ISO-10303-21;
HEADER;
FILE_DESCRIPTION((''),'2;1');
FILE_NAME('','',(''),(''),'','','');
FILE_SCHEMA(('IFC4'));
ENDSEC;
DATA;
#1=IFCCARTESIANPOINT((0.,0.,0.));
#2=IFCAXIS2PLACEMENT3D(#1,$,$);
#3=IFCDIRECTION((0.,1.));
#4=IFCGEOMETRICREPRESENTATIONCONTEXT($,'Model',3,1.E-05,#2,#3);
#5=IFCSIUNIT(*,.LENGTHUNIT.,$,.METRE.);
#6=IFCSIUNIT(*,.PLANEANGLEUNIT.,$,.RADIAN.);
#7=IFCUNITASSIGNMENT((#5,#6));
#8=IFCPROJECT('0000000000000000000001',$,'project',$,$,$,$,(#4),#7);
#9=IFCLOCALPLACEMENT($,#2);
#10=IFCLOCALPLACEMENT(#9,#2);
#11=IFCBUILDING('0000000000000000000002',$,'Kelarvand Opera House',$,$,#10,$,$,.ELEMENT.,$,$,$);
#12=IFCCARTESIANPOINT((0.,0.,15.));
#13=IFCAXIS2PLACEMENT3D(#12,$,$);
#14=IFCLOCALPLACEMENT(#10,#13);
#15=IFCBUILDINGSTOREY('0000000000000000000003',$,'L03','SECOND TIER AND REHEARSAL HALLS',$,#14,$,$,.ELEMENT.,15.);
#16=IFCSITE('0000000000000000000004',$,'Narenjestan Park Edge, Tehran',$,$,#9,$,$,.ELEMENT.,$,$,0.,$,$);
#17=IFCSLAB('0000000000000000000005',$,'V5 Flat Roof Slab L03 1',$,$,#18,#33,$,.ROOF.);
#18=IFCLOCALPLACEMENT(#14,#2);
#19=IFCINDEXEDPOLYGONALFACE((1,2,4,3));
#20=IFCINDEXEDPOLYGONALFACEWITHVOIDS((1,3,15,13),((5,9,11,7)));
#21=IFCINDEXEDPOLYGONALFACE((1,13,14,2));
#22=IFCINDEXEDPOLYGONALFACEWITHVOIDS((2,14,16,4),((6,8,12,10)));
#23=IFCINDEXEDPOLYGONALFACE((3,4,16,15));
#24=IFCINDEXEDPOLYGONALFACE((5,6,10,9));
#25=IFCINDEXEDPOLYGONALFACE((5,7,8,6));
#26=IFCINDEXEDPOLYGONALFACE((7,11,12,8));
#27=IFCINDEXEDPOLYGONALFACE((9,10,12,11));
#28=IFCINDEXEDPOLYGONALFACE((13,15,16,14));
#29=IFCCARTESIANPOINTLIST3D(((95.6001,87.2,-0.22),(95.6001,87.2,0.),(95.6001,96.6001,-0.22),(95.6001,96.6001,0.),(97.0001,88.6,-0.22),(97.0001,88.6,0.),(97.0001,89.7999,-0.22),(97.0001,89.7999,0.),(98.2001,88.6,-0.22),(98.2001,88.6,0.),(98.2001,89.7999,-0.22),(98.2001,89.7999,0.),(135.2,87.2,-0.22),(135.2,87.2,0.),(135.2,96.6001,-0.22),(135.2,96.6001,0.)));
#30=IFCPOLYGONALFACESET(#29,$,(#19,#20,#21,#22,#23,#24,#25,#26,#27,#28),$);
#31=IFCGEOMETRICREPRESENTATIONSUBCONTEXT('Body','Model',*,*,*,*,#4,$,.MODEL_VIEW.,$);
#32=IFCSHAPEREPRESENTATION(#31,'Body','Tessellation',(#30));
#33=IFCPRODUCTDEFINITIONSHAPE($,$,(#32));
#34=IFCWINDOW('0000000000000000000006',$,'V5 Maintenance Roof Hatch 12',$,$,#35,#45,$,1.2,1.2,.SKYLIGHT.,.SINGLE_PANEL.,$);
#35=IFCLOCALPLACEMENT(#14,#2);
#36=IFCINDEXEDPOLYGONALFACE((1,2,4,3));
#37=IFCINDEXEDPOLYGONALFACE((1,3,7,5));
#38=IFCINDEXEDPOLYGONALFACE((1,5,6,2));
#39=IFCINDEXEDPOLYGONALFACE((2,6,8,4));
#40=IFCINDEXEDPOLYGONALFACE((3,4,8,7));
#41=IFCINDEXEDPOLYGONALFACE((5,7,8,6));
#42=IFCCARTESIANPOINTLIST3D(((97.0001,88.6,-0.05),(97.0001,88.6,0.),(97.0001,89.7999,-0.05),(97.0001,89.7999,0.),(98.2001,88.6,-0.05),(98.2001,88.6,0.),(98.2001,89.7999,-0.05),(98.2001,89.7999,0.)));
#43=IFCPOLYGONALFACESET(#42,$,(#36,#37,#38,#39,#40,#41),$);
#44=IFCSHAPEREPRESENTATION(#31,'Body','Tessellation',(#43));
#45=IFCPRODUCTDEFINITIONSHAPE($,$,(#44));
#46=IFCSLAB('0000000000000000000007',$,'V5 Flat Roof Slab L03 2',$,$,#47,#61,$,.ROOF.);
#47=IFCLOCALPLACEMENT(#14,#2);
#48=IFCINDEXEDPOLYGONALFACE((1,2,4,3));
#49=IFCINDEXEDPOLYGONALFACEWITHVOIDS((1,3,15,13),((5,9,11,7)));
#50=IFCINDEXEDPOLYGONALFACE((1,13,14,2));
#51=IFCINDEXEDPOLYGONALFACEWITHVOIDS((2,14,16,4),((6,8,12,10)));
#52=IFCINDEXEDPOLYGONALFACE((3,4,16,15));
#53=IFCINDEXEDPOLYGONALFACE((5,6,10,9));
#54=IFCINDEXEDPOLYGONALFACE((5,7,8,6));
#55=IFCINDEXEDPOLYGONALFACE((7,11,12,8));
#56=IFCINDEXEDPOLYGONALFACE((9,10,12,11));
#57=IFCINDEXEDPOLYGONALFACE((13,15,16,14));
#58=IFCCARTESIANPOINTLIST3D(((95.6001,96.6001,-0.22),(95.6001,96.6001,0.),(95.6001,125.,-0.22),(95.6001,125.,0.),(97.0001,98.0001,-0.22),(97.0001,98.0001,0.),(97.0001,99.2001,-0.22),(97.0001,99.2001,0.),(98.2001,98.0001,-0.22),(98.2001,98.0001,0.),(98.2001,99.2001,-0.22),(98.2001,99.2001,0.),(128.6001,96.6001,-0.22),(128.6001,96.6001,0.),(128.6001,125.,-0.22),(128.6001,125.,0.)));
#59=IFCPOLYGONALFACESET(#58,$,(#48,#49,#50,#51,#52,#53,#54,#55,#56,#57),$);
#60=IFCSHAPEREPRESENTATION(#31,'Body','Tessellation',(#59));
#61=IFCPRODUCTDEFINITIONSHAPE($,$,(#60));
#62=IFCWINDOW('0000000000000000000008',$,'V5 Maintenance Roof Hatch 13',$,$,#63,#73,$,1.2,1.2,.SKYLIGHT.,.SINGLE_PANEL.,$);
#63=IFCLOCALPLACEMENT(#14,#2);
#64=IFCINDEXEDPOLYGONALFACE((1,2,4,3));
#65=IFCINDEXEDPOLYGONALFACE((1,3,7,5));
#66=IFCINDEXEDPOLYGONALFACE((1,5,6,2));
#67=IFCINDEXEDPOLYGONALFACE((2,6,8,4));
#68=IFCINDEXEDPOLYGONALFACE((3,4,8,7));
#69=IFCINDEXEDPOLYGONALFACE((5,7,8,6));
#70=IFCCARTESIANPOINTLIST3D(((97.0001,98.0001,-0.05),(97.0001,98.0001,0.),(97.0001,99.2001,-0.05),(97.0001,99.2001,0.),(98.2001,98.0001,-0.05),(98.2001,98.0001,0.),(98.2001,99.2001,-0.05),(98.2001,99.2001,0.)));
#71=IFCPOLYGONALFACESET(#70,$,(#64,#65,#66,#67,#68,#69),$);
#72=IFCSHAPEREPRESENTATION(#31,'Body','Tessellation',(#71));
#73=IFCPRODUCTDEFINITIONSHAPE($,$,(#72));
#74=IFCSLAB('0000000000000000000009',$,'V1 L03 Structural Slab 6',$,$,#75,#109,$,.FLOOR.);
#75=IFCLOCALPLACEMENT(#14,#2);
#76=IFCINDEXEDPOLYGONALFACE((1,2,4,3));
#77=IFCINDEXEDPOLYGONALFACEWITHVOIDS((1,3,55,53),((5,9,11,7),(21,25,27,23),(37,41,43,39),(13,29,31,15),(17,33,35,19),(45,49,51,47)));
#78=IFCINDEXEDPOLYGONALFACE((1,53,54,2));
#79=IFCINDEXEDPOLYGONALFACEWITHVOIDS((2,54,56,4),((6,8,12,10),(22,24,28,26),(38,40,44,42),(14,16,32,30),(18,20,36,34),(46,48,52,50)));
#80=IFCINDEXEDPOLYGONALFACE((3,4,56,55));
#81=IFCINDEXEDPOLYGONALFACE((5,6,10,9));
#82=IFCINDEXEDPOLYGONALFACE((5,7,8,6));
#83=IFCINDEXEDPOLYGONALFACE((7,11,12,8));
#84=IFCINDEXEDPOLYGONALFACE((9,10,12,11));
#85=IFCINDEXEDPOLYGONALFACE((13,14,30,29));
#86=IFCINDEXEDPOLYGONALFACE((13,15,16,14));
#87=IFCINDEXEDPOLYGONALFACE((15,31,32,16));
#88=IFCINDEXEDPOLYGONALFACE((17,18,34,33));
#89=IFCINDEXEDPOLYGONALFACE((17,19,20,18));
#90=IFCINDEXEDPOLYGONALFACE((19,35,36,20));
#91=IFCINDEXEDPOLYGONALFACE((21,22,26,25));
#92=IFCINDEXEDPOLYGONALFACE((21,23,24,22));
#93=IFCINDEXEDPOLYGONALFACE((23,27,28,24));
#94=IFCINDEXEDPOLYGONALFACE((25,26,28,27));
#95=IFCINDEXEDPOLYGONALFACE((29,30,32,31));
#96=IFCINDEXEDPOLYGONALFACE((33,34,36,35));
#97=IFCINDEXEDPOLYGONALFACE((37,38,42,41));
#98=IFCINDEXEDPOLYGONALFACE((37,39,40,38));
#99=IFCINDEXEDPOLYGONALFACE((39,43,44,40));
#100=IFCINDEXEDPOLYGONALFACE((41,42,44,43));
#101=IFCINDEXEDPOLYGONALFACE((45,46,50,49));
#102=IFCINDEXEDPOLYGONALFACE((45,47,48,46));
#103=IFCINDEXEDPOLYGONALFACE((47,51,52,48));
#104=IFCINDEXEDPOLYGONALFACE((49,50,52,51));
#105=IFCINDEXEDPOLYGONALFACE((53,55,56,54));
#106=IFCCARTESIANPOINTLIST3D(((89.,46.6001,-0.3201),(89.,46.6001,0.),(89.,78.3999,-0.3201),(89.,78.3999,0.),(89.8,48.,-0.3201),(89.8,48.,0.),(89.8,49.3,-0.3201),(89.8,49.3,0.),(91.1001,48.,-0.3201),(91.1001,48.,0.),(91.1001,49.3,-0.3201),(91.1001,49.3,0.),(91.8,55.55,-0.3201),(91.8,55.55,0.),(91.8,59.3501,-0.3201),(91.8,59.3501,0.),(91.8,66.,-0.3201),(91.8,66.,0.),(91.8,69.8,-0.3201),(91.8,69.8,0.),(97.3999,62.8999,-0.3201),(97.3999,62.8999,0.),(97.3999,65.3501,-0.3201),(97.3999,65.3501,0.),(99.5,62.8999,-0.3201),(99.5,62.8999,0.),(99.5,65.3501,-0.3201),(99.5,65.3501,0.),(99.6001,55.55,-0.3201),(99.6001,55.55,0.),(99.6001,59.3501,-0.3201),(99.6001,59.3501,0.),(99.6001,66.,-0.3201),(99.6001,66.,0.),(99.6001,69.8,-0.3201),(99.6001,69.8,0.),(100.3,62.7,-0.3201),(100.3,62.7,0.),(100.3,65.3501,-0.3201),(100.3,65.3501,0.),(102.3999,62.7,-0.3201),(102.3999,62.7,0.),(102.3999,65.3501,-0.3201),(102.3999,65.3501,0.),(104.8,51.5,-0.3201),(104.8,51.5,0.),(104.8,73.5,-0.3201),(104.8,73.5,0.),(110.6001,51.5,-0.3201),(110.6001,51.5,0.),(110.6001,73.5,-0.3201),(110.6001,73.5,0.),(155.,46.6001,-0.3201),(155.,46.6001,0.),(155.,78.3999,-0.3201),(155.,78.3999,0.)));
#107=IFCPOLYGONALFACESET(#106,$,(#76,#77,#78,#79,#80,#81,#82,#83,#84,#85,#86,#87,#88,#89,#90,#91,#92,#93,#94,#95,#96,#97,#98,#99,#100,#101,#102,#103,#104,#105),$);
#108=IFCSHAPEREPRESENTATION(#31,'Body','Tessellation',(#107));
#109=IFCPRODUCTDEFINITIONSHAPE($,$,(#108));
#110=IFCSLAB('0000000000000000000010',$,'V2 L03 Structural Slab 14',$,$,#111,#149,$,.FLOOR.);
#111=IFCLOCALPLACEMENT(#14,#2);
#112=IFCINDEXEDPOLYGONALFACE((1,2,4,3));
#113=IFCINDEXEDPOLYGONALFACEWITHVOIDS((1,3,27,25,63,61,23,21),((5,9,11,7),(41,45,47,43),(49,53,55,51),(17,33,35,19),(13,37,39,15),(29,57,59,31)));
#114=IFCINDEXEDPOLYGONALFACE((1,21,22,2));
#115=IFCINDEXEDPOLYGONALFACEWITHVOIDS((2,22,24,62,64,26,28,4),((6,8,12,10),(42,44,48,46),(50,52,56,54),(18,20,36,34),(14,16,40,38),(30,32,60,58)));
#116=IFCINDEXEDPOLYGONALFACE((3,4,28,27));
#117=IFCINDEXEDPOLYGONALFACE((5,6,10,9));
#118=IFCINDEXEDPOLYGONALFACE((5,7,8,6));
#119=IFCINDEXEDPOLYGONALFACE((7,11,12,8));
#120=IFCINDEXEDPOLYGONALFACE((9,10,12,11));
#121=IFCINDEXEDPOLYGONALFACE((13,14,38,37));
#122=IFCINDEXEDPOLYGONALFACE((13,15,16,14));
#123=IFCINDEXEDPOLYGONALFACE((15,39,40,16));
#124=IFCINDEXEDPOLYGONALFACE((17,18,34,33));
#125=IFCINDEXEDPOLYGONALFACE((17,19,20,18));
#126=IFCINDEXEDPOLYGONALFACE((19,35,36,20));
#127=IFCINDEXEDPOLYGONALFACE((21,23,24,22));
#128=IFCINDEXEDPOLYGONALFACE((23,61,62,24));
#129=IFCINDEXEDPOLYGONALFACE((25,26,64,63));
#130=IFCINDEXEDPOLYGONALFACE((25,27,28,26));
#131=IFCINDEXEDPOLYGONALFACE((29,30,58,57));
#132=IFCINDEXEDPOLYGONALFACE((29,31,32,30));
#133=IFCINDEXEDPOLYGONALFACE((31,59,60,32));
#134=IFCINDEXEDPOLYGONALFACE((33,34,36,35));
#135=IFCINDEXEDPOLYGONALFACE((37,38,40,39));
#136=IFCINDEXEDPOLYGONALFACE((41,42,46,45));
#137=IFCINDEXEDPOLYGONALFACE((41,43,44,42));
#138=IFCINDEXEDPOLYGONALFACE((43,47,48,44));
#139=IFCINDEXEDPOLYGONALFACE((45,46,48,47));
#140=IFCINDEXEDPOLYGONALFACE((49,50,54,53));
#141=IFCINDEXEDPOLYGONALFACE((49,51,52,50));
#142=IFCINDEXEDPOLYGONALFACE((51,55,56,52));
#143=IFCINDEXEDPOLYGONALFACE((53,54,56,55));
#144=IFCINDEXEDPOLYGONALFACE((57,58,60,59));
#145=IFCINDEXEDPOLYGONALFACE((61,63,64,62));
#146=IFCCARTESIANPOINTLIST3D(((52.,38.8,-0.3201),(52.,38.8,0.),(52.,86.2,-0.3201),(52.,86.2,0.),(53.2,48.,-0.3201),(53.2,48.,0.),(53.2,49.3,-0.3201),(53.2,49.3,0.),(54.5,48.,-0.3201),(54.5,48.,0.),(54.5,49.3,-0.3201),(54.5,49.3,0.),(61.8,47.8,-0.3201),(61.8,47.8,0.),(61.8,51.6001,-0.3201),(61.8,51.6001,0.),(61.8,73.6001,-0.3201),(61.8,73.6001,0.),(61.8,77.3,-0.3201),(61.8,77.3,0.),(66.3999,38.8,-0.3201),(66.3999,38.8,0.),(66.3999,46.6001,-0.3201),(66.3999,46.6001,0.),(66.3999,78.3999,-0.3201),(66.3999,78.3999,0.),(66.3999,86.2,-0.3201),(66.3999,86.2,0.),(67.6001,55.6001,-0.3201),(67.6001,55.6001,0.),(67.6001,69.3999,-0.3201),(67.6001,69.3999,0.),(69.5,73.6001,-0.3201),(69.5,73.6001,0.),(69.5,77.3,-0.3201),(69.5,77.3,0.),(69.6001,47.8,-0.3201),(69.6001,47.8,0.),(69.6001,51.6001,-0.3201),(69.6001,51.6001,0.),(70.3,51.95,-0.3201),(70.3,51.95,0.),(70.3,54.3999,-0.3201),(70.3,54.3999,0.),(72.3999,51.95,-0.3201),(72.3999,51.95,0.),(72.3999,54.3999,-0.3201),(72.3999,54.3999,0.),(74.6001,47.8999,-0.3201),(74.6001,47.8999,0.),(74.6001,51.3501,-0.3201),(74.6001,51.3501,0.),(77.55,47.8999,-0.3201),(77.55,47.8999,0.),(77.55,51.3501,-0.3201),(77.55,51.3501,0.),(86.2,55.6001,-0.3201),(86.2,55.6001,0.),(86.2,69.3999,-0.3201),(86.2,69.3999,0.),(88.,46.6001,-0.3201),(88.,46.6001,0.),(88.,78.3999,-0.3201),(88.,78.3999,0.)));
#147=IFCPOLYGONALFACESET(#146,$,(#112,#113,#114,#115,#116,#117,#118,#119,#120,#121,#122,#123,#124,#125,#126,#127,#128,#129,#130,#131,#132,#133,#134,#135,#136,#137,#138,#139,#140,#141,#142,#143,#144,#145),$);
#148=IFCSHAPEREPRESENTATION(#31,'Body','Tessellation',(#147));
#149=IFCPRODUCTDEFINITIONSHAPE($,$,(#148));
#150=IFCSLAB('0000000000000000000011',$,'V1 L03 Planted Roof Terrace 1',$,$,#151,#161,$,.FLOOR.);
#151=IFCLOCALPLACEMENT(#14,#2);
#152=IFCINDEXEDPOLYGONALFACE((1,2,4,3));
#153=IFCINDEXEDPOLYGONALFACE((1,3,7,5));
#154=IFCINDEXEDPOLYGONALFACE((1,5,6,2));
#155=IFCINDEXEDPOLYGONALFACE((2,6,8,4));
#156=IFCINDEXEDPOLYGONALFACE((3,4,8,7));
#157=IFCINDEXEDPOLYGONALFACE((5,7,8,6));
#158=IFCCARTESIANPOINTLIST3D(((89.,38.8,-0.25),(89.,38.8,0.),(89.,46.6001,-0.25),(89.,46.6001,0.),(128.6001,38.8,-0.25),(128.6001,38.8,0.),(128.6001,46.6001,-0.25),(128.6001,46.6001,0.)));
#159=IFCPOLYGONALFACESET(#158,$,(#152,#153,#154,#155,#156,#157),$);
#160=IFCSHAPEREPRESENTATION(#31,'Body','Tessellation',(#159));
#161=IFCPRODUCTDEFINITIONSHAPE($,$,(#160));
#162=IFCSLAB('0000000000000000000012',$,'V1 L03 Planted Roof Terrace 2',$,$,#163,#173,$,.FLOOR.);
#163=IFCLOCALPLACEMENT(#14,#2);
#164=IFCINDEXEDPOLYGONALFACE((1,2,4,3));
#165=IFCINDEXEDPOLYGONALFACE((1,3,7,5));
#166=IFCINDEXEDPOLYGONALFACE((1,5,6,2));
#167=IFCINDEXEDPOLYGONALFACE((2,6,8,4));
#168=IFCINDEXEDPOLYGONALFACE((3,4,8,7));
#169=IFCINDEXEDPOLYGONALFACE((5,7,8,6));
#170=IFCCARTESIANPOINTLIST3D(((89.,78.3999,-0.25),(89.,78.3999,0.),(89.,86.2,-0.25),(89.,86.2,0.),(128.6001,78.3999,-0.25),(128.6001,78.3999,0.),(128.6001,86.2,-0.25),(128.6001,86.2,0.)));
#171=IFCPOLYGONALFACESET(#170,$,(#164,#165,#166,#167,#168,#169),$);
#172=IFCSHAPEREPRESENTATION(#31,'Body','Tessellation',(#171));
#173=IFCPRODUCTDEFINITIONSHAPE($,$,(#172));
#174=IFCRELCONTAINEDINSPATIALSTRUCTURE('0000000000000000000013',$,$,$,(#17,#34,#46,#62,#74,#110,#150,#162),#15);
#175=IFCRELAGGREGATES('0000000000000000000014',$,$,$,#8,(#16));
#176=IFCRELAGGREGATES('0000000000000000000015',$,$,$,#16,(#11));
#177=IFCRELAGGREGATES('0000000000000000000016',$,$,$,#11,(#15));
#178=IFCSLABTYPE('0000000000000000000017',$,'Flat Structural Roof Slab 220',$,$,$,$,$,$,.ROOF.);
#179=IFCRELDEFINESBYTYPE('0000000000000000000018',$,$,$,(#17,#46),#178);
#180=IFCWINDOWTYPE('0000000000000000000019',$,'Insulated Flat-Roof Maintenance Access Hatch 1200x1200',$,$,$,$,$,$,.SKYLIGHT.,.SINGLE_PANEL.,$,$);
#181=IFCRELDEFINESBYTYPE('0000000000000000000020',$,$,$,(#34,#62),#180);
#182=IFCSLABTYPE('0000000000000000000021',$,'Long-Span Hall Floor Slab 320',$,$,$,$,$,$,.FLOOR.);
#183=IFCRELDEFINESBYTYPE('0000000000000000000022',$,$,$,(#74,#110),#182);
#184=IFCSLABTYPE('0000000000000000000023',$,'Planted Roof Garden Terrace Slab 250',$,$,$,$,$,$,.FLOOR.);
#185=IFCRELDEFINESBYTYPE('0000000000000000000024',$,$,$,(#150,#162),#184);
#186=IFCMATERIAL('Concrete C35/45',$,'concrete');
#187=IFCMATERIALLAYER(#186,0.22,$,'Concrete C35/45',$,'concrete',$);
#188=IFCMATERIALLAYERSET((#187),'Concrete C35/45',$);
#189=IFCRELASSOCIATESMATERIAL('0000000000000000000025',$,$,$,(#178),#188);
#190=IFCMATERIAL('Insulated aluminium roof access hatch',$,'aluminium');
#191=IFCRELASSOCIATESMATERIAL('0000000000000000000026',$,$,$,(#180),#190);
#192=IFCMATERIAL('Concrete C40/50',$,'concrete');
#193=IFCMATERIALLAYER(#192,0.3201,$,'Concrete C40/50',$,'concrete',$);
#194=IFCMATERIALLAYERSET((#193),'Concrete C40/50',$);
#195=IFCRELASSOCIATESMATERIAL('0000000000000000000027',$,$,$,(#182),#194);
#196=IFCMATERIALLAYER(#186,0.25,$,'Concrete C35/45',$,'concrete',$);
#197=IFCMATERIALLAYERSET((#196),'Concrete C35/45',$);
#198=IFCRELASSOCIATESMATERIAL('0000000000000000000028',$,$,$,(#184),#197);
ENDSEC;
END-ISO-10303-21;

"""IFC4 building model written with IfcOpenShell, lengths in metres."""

from ifc_helpers import new_model, si_unit, direction, frame, origin, origin_2d, place, context, subcontext, project, spatial, polyline, rectangle, outline, extrude, material, layer, layer_set, type_object, element, fill, save


model = new_model("IFC4")

# Units and contexts
model_context = context("Model", 3, precision=1e-05, world=origin(), true_north=direction((0.0, 1.0)))
body_context = subcontext(model_context, "Body", "Model", "MODEL_VIEW")
ifc_project = project(units=[si_unit("LENGTHUNIT", "METRE"), si_unit("PLANEANGLEUNIT", "RADIAN")], contexts=[model_context])

# Site, building, storey
site_placement = place(None, origin())
site = spatial("IfcSite", under=ifc_project, at=site_placement, Name="Narenjestan Park Edge, Tehran", CompositionType="ELEMENT", RefElevation=0.0)
building_placement = place(site_placement, origin())
building = spatial("IfcBuilding", under=site, at=building_placement, Name="Kelarvand Opera House", CompositionType="ELEMENT")
storey_placement = place(building_placement, frame((0.0, 0.0, 15.0)))
storey = spatial("IfcBuildingStorey", under=building, at=storey_placement, Name="L03", Description="SECOND TIER AND REHEARSAL HALLS", CompositionType="ELEMENT", Elevation=15.0)

# Shared definitions
ifc_material_1 = material(Name="Concrete C35/45", Category="concrete")

# Shared definitions
ifc_layer_1 = layer(ifc_material_1, 0.22, Name="Concrete C35/45", Category="concrete")
ifc_layer_set_1 = layer_set([ifc_layer_1], Name="Concrete C35/45")
slab_type_1 = type_object("IfcSlabType", Name="Flat Structural Roof Slab 220", PredefinedType="ROOF", material=ifc_layer_set_1)
ifc_material_2 = material(Name="Insulated aluminium roof access hatch", Category="aluminium")
window_type_1 = type_object("IfcWindowType", Name="Insulated Flat-Roof Maintenance Access Hatch 1200x1200", PartitioningType="SINGLE_PANEL", PredefinedType="SKYLIGHT", material=ifc_material_2)

# Slabs, openings, windows
slab_1_placement = place(storey_placement, frame((0.0, 0.0, -0.22)))
slab_1 = element("IfcSlab", 1, at=slab_1_placement, inside=storey, type_object=slab_type_1, Name="V5 Flat Roof Slab L03 1", PredefinedType="ROOF", context=body_context, shape_type="SweptSolid", body=[
    extrude(outline(polyline([(95.6001, 87.2), (135.2, 87.2), (135.2, 96.6001), (95.6001, 96.6001), (95.6001, 87.2)])), origin(), (0.0, 0.0, 1.0), 0.22),
])
opening_1_placement = place(slab_1_placement, frame((97.6001, 89.2, 0.0)))
opening_1 = element("IfcOpeningElement", 2, at=opening_1_placement, cuts=slab_1, PredefinedType="OPENING", context=body_context, shape_type="SweptSolid", body=[
    extrude(rectangle(XDim=1.2, YDim=1.2, at=origin_2d()), frame((0.0, 0.0, -0.01)), (0.0, 0.0, 1.0), 0.24),
])
window_1_placement = place(opening_1_placement, frame((0.0, 0.0, 0.1699)))
window_1 = element("IfcWindow", 3, at=window_1_placement, inside=storey, type_object=window_type_1, Name="V5 Maintenance Roof Hatch 12", OverallHeight=1.2, OverallWidth=1.2, PartitioningType="SINGLE_PANEL", PredefinedType="SKYLIGHT", context=body_context, shape_type="SweptSolid", body=[
    extrude(rectangle(XDim=1.2, YDim=1.2, at=origin_2d()), origin(), (0.0, 0.0, 1.0), 0.05),
])
fill(opening_1, window_1)
slab_2_placement = place(storey_placement, frame((0.0, 0.0, -0.22)))
slab_2 = element("IfcSlab", 4, at=slab_2_placement, inside=storey, type_object=slab_type_1, Name="V5 Flat Roof Slab L03 2", PredefinedType="ROOF", context=body_context, shape_type="SweptSolid", body=[
    extrude(outline(polyline([(95.6001, 96.6001), (128.6001, 96.6001), (128.6001, 125.0), (95.6001, 125.0), (95.6001, 96.6001)])), origin(), (0.0, 0.0, 1.0), 0.22),
])
opening_2_placement = place(slab_2_placement, frame((97.6001, 98.6001, 0.0)))
opening_2 = element("IfcOpeningElement", 5, at=opening_2_placement, cuts=slab_2, PredefinedType="OPENING", context=body_context, shape_type="SweptSolid", body=[
    extrude(rectangle(XDim=1.2, YDim=1.2, at=origin_2d()), frame((0.0, 0.0, -0.01)), (0.0, 0.0, 1.0), 0.24),
])
window_2_placement = place(opening_2_placement, frame((0.0, 0.0, 0.1699)))
window_2 = element("IfcWindow", 6, at=window_2_placement, inside=storey, type_object=window_type_1, Name="V5 Maintenance Roof Hatch 13", OverallHeight=1.2, OverallWidth=1.2, PartitioningType="SINGLE_PANEL", PredefinedType="SKYLIGHT", context=body_context, shape_type="SweptSolid", body=[
    extrude(rectangle(XDim=1.2, YDim=1.2, at=origin_2d()), origin(), (0.0, 0.0, 1.0), 0.05),
])
fill(opening_2, window_2)

# Slabs
ifc_material_3 = material(Name="Concrete C40/50", Category="concrete")
ifc_layer_2 = layer(ifc_material_3, 0.3201, Name="Concrete C40/50", Category="concrete")
ifc_layer_set_2 = layer_set([ifc_layer_2], Name="Concrete C40/50")
slab_type_2 = type_object("IfcSlabType", Name="Long-Span Hall Floor Slab 320", PredefinedType="FLOOR", material=ifc_layer_set_2)
slab_3_placement = place(storey_placement, frame((0.0, 0.0, -0.3201)))
element("IfcSlab", 7, at=slab_3_placement, inside=storey, type_object=slab_type_2, Name="V1 L03 Structural Slab 6", PredefinedType="FLOOR", context=body_context, shape_type="SweptSolid", body=[
    extrude(outline(polyline([(155.0, 46.6001), (155.0, 78.3999), (89.0, 78.3999), (89.0, 46.6001), (155.0, 46.6001)]), holes=[polyline([(89.8, 49.3), (91.1001, 49.3), (91.1001, 48.0), (89.8, 48.0), (89.8, 49.3)]), polyline([(99.6001, 59.3501), (99.6001, 55.55), (91.8, 55.55), (91.8, 59.3501), (99.6001, 59.3501)]), polyline([(110.6001, 73.5), (110.6001, 51.5), (104.8, 51.5), (104.8, 73.5), (110.6001, 73.5)]), polyline([(100.3, 65.3501), (102.3999, 65.3501), (102.3999, 62.7), (100.3, 62.7), (100.3, 65.3501)]), polyline([(99.5, 65.3501), (99.5, 62.8999), (97.3999, 62.8999), (97.3999, 65.3501), (99.5, 65.3501)]), polyline([(99.6001, 69.8), (99.6001, 66.0), (91.8, 66.0), (91.8, 69.8), (99.6001, 69.8)])]), origin(), (0.0, 0.0, 1.0), 0.3201),
])
slab_4_placement = place(storey_placement, frame((0.0, 0.0, -0.3201)))
element("IfcSlab", 8, at=slab_4_placement, inside=storey, type_object=slab_type_2, Name="V2 L03 Structural Slab 14", PredefinedType="FLOOR", context=body_context, shape_type="SweptSolid", body=[
    extrude(outline(polyline([(66.3999, 38.8), (52.0, 38.8), (52.0, 86.2), (66.3999, 86.2), (66.3999, 78.3999), (88.0, 78.3999), (88.0, 46.6001), (66.3999, 46.6001), (66.3999, 38.8)]), holes=[polyline([(53.2, 49.3), (54.5, 49.3), (54.5, 48.0), (53.2, 48.0), (53.2, 49.3)]), polyline([(77.55, 51.3501), (77.55, 47.8999), (74.6001, 47.8999), (74.6001, 51.3501), (77.55, 51.3501)]), polyline([(69.6001, 51.6001), (69.6001, 47.8), (61.8, 47.8), (61.8, 51.6001), (69.6001, 51.6001)]), polyline([(70.3, 54.3999), (72.3999, 54.3999), (72.3999, 51.95), (70.3, 51.95), (70.3, 54.3999)]), polyline([(86.2, 69.3999), (86.2, 55.6001), (67.6001, 55.6001), (67.6001, 69.3999), (86.2, 69.3999)]), polyline([(69.5, 77.3), (69.5, 73.6001), (61.8, 73.6001), (61.8, 77.3), (69.5, 77.3)])]), origin(), (0.0, 0.0, 1.0), 0.3201),
])
ifc_layer_3 = layer(ifc_material_1, 0.25, Name="Concrete C35/45", Category="concrete")
ifc_layer_set_3 = layer_set([ifc_layer_3], Name="Concrete C35/45")
slab_type_3 = type_object("IfcSlabType", Name="Planted Roof Garden Terrace Slab 250", PredefinedType="FLOOR", material=ifc_layer_set_3)
slab_5_placement = place(storey_placement, frame((0.0, 0.0, -0.25)))
element("IfcSlab", 9, at=slab_5_placement, inside=storey, type_object=slab_type_3, Name="V1 L03 Planted Roof Terrace 1", PredefinedType="FLOOR", context=body_context, shape_type="SweptSolid", body=[
    extrude(outline(polyline([(89.0, 38.8), (128.6001, 38.8), (128.6001, 46.6001), (89.0, 46.6001), (89.0, 38.8)])), origin(), (0.0, 0.0, 1.0), 0.25),
])
slab_6_placement = place(storey_placement, frame((0.0, 0.0, -0.25)))
element("IfcSlab", 10, at=slab_6_placement, inside=storey, type_object=slab_type_3, Name="V1 L03 Planted Roof Terrace 2", PredefinedType="FLOOR", context=body_context, shape_type="SweptSolid", body=[
    extrude(outline(polyline([(89.0, 78.3999), (128.6001, 78.3999), (128.6001, 86.2), (89.0, 86.2), (89.0, 78.3999)])), origin(), (0.0, 0.0, 1.0), 0.25),
])

save(model, "model.ifc")
